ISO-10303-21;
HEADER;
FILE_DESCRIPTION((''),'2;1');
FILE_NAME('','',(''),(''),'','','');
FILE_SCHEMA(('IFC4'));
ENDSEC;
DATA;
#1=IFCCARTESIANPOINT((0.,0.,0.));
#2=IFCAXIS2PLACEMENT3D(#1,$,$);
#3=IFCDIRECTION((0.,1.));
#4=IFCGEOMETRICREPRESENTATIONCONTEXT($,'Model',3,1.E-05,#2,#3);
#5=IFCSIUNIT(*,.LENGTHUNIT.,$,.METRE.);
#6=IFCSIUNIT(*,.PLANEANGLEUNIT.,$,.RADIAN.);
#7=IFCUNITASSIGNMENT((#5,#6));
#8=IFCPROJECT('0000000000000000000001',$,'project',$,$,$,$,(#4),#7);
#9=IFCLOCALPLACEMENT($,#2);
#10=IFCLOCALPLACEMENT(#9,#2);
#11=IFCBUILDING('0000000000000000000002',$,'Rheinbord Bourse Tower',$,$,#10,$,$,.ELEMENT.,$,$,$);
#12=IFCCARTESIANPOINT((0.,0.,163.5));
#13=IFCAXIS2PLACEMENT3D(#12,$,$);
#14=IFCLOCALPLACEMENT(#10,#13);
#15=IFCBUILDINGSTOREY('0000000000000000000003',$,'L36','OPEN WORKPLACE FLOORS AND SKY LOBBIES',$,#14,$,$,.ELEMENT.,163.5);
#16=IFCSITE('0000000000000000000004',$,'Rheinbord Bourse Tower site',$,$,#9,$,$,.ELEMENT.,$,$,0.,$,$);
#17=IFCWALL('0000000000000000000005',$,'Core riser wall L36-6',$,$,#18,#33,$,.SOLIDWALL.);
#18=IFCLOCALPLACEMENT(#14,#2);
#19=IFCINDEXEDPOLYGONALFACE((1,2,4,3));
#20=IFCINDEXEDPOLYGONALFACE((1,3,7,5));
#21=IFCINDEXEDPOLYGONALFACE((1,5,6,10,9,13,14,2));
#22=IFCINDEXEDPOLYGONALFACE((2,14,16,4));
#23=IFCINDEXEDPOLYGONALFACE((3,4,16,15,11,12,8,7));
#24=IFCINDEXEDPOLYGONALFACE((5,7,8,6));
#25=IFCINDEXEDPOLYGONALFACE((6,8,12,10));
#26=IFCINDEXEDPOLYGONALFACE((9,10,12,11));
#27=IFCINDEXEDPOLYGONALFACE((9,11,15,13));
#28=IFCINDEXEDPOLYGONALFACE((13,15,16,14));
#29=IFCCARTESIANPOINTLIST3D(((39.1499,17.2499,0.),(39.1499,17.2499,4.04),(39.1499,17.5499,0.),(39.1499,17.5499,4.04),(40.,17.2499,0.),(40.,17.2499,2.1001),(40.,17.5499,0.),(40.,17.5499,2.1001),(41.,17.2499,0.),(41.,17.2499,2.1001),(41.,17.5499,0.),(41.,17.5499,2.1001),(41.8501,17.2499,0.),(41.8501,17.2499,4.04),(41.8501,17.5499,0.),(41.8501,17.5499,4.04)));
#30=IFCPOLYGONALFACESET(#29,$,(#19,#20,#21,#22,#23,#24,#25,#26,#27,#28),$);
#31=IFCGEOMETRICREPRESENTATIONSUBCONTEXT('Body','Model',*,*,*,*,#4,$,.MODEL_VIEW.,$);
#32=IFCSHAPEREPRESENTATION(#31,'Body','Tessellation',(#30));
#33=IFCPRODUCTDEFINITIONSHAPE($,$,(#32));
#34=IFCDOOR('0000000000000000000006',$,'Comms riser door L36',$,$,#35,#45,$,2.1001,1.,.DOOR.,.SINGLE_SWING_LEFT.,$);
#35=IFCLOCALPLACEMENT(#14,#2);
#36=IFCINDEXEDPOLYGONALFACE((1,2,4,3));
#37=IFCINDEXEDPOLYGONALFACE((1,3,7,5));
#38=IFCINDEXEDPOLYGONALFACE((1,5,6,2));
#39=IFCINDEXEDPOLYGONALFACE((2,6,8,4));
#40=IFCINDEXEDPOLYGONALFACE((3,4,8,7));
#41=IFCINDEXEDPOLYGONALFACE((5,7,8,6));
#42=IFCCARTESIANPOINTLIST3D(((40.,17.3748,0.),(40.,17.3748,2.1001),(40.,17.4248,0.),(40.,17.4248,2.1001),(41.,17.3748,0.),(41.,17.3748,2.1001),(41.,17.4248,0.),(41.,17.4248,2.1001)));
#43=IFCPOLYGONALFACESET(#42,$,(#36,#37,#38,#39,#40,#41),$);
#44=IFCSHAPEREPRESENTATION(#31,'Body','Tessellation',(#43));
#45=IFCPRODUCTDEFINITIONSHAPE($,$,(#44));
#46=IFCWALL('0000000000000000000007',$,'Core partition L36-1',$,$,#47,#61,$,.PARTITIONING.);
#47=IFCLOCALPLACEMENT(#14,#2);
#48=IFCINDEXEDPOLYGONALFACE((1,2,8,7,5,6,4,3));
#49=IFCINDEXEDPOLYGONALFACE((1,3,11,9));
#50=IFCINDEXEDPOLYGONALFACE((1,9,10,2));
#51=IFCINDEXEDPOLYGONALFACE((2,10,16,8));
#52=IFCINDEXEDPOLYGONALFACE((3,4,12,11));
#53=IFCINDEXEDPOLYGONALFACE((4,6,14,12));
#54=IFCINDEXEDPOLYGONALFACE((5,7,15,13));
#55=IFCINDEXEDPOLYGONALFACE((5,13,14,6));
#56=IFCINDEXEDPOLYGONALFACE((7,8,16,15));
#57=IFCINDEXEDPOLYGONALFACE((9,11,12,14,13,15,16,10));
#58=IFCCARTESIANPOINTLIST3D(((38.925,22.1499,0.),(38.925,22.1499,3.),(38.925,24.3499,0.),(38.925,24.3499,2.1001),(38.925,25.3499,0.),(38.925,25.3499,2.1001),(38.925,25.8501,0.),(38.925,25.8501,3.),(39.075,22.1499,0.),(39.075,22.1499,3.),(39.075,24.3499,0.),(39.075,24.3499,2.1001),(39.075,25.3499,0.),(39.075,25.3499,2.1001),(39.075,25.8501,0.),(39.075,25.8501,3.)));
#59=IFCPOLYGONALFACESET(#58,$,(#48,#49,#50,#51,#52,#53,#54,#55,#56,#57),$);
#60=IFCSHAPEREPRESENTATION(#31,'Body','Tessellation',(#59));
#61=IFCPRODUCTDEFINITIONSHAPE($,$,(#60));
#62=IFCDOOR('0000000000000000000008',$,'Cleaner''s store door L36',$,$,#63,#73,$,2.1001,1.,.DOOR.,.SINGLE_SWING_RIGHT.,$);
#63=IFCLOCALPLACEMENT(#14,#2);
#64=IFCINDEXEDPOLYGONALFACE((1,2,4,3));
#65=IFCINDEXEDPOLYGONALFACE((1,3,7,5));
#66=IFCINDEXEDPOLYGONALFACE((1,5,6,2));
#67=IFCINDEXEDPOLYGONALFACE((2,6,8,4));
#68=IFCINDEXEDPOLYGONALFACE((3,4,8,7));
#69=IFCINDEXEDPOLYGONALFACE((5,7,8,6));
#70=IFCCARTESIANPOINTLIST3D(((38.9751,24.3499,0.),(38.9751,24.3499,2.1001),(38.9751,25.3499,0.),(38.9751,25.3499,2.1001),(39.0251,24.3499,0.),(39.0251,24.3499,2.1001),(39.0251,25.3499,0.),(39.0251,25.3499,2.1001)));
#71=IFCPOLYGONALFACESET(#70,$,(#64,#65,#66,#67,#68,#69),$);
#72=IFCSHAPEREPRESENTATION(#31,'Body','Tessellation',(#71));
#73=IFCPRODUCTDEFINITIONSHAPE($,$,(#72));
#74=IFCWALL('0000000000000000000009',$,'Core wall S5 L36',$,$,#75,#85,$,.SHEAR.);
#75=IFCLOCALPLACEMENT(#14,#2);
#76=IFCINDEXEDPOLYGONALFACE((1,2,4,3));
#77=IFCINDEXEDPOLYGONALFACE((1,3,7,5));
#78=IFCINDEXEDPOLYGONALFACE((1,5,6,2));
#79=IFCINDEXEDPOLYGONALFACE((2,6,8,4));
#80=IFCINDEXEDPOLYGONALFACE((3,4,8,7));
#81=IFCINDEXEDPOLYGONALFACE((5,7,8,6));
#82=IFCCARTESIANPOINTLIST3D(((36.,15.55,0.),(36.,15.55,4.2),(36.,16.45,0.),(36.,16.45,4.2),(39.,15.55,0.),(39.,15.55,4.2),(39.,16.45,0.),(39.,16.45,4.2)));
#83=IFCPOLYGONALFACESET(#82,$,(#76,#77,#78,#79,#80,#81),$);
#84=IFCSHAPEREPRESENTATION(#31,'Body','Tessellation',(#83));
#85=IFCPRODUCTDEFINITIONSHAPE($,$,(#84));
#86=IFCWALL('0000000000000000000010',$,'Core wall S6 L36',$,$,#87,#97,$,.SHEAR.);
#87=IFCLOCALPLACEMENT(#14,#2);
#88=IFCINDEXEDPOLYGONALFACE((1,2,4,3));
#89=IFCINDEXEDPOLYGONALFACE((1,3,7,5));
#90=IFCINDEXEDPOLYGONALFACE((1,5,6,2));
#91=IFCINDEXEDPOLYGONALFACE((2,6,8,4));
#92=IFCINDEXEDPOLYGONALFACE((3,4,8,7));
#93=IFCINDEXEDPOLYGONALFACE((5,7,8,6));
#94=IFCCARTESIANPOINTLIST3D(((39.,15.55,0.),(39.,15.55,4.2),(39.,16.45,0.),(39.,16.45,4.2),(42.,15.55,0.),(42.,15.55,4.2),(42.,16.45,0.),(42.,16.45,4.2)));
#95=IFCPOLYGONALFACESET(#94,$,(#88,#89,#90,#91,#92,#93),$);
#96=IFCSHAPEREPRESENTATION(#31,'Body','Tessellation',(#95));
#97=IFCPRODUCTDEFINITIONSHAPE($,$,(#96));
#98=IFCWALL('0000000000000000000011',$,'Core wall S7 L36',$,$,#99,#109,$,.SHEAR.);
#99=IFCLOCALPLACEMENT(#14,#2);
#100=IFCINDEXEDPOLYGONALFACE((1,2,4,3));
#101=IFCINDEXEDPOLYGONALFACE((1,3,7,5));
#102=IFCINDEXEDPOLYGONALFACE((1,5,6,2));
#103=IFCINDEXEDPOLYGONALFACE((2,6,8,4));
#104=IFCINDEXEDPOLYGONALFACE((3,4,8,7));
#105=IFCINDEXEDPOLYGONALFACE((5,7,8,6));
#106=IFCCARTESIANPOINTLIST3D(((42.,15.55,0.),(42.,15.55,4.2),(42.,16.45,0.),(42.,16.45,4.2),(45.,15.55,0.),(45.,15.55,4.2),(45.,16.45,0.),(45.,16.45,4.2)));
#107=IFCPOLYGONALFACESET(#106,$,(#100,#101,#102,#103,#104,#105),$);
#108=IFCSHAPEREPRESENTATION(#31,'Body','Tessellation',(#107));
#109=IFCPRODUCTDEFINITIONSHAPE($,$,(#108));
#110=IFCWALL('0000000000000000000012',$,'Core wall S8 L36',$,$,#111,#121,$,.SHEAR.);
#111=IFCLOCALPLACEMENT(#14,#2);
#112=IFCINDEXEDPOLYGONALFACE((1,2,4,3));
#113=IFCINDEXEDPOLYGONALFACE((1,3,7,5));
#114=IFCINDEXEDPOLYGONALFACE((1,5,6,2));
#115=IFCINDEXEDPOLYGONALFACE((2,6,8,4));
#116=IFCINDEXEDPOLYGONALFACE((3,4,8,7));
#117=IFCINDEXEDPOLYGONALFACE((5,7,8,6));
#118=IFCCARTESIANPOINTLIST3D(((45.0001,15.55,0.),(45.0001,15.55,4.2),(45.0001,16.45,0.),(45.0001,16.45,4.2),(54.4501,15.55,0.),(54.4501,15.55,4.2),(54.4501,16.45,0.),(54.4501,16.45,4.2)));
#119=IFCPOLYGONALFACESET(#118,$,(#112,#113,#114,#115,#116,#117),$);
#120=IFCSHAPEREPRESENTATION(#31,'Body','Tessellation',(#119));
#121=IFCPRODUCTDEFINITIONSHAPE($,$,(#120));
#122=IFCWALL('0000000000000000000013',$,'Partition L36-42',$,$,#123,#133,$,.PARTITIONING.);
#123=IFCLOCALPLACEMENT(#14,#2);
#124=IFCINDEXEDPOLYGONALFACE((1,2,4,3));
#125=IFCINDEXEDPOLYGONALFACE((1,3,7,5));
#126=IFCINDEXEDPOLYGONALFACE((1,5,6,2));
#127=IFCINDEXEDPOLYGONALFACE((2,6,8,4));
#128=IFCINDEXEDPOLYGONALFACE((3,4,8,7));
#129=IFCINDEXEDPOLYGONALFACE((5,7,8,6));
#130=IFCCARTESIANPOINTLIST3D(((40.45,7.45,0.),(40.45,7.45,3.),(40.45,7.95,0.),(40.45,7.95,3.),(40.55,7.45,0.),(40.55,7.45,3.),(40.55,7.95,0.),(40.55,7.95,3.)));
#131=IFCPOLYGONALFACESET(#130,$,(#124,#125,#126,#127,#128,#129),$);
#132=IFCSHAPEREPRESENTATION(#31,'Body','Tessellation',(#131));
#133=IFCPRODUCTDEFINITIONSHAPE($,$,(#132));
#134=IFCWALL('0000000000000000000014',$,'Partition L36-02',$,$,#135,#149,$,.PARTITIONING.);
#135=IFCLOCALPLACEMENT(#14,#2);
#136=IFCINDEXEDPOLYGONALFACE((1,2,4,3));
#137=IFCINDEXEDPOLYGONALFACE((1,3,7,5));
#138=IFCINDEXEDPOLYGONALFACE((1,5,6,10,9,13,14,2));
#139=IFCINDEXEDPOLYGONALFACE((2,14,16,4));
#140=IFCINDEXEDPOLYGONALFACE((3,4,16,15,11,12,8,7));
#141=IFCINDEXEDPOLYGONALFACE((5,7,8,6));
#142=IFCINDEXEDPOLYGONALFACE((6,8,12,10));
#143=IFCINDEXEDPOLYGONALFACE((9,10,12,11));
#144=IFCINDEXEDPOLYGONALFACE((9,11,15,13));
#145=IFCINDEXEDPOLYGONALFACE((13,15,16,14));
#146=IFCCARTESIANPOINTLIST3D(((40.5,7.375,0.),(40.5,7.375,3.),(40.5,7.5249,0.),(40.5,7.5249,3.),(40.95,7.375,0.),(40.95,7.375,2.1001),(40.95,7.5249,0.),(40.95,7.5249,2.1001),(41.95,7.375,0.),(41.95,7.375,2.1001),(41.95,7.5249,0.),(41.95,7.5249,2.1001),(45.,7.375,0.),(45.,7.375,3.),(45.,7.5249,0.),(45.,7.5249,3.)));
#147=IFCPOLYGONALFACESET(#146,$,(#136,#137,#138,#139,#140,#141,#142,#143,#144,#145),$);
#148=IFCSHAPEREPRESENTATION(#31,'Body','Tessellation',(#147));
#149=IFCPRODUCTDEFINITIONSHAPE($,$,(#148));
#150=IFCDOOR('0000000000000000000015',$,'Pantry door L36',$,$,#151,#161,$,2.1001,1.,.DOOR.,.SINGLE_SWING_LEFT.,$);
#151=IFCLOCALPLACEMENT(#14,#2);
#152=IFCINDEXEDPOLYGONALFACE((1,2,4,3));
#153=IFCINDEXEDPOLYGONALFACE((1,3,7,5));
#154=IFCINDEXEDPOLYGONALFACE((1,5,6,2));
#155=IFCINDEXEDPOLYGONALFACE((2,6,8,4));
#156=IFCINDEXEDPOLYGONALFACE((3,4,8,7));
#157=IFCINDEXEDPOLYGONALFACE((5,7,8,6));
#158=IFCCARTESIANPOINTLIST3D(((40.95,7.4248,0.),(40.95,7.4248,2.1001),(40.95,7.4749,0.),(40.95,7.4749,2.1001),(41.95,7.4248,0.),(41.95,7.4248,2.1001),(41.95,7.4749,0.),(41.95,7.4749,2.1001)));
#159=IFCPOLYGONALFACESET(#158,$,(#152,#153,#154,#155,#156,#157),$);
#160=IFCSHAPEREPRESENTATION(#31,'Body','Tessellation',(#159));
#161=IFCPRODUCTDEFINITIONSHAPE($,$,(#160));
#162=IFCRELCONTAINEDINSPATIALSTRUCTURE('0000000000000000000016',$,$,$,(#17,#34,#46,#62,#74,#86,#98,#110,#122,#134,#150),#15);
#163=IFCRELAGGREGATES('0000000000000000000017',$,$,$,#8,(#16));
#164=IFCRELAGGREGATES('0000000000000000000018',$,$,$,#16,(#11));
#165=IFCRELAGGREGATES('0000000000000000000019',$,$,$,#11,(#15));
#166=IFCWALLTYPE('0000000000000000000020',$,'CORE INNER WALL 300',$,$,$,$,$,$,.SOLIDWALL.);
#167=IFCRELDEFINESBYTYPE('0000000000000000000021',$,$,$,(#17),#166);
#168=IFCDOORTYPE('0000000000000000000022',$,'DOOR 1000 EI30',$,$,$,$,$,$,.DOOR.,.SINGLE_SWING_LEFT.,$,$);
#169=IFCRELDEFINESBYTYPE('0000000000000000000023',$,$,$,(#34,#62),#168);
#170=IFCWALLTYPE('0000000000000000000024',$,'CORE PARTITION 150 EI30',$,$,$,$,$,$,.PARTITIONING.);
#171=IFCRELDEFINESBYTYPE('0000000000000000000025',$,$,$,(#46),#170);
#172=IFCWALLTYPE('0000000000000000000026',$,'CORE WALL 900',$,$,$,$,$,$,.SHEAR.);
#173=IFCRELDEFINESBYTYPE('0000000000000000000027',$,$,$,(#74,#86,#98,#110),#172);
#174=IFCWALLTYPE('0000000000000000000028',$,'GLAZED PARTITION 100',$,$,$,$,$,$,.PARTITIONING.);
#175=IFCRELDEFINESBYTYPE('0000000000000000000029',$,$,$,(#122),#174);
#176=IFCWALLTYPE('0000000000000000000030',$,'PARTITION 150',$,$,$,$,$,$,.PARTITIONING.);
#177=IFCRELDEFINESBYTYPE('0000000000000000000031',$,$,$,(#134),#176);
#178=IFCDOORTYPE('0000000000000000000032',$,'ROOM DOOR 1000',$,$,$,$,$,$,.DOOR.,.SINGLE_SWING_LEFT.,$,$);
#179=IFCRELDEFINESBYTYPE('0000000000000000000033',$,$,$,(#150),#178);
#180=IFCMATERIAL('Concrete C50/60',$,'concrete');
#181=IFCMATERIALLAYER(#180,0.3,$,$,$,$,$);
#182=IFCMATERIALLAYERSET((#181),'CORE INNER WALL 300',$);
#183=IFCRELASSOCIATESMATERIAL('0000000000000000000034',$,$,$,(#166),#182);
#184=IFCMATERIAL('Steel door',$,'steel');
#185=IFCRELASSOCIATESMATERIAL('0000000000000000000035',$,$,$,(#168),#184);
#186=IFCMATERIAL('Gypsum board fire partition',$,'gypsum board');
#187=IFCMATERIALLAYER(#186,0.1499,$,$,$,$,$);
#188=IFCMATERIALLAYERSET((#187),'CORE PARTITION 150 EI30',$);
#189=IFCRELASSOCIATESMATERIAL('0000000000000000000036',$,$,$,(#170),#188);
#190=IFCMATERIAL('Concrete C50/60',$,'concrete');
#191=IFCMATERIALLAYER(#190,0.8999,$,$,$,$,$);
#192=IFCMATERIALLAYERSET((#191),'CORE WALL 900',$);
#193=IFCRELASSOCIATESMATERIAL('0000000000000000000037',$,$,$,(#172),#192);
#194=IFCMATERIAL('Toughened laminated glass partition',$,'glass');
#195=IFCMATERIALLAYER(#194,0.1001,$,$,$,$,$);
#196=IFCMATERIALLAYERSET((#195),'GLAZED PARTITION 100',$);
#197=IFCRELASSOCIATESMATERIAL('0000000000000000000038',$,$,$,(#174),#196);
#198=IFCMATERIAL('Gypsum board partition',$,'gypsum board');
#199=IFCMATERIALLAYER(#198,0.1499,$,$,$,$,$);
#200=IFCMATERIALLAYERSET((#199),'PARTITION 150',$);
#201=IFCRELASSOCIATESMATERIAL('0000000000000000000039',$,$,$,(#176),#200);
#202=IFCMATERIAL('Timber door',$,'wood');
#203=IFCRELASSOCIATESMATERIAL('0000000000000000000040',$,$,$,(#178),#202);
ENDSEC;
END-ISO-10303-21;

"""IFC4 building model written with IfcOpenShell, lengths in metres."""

from ifc_helpers import new_model, si_unit, direction, frame, frame_2d, origin, place, context, subcontext, project, spatial, rectangle, extrude, material, layer, layer_set, type_object, element, fill, save


model = new_model("IFC4")

# Units and contexts
model_context = context("Model", 3, precision=1e-05, world=origin(), true_north=direction((0.0, 1.0)))
body_context = subcontext(model_context, "Body", "Model", "MODEL_VIEW")
ifc_project = project(units=[si_unit("LENGTHUNIT", "METRE"), si_unit("PLANEANGLEUNIT", "RADIAN")], contexts=[model_context])

# Site, building, storey
site_placement = place(None, origin())
site = spatial("IfcSite", under=ifc_project, at=site_placement, Name="Rheinbord Bourse Tower site", CompositionType="ELEMENT", RefElevation=0.0)
building_placement = place(site_placement, origin())
building = spatial("IfcBuilding", under=site, at=building_placement, Name="Rheinbord Bourse Tower", CompositionType="ELEMENT")
storey_placement = place(building_placement, frame((0.0, 0.0, 163.5)))
storey = spatial("IfcBuildingStorey", under=building, at=storey_placement, Name="L36", Description="OPEN WORKPLACE FLOORS AND SKY LOBBIES", CompositionType="ELEMENT", Elevation=163.5)

# Shared definitions
ifc_material_1 = material(Name="Concrete C50/60", Category="concrete")
ifc_layer_1 = layer(ifc_material_1, 0.3)
ifc_layer_set_1 = layer_set([ifc_layer_1], Name="CORE INNER WALL 300")
wall_type_1 = type_object("IfcWallType", Name="CORE INNER WALL 300", PredefinedType="SOLIDWALL", material=ifc_layer_set_1)
ifc_material_2 = material(Name="Steel door", Category="steel")
door_type_1 = type_object("IfcDoorType", Name="DOOR 1000 EI30", OperationType="SINGLE_SWING_LEFT", PredefinedType="DOOR", material=ifc_material_2)

# Walls, openings, doors
wall_1_placement = place(storey_placement, frame((39.1499, 17.3999, 0.0), z_axis=(0.0, 0.0, 1.0), x_axis=(1.0, 0.0, 0.0)))
wall_1 = element("IfcWall", 1, at=wall_1_placement, inside=storey, type_object=wall_type_1, Name="Core riser wall L36-6", PredefinedType="SOLIDWALL", context=body_context, shape_type="SweptSolid", body=[
    extrude(rectangle(XDim=2.7002, YDim=0.3, at=frame_2d((1.3501, 0.0))), origin(), (0.0, 0.0, 1.0), 4.04),
])
opening_1_placement = place(wall_1_placement, frame((0.8501, 0.0, 0.0)))
opening_1 = element("IfcOpeningElement", 2, at=opening_1_placement, cuts=wall_1, PredefinedType="OPENING", context=body_context, shape_type="SweptSolid", body=[
    extrude(rectangle(XDim=1.0, YDim=2.1001, at=frame_2d((0.5, 1.05))), frame((0.0, 0.1599, 0.0), z_axis=(0.0, -1.0, 0.0), x_axis=(1.0, 0.0, 0.0)), (0.0, 0.0, 1.0), 0.3201),
])
door_1_placement = place(opening_1_placement, origin())
door_1 = element("IfcDoor", 3, at=door_1_placement, inside=storey, type_object=door_type_1, Name="Comms riser door L36", OperationType="SINGLE_SWING_LEFT", OverallHeight=2.1001, OverallWidth=1.0, PredefinedType="DOOR", context=body_context, shape_type="SweptSolid", body=[
    extrude(rectangle(XDim=1.0, YDim=2.1001, at=frame_2d((0.5, 1.05))), frame((0.0, 0.0249, 0.0), z_axis=(0.0, -1.0, 0.0), x_axis=(1.0, 0.0, 0.0)), (0.0, 0.0, 1.0), 0.05),
])
fill(opening_1, door_1)
ifc_material_3 = material(Name="Gypsum board fire partition", Category="gypsum board")
ifc_layer_2 = layer(ifc_material_3, 0.1499)
ifc_layer_set_2 = layer_set([ifc_layer_2], Name="CORE PARTITION 150 EI30")
wall_type_2 = type_object("IfcWallType", Name="CORE PARTITION 150 EI30", PredefinedType="PARTITIONING", material=ifc_layer_set_2)
wall_2_placement = place(storey_placement, frame((39.0, 22.1499, 0.0), z_axis=(0.0, 0.0, 1.0), x_axis=(0.0, 1.0, 0.0)))
wall_2 = element("IfcWall", 4, at=wall_2_placement, inside=storey, type_object=wall_type_2, Name="Core partition L36-1", PredefinedType="PARTITIONING", context=body_context, shape_type="SweptSolid", body=[
    extrude(rectangle(XDim=3.7002, YDim=0.1499, at=frame_2d((1.8501, 0.0))), origin(), (0.0, 0.0, 1.0), 3.0),
])
opening_2_placement = place(wall_2_placement, frame((2.2, 0.0, 0.0)))
opening_2 = element("IfcOpeningElement", 5, at=opening_2_placement, cuts=wall_2, PredefinedType="OPENING", context=body_context, shape_type="SweptSolid", body=[
    extrude(rectangle(XDim=1.0, YDim=2.1001, at=frame_2d((0.5, 1.05))), frame((0.0, 0.085, 0.0), z_axis=(0.0, -1.0, 0.0), x_axis=(1.0, 0.0, 0.0)), (0.0, 0.0, 1.0), 0.1699),
])
door_2_placement = place(opening_2_placement, origin())
door_2 = element("IfcDoor", 6, at=door_2_placement, inside=storey, type_object=door_type_1, Name="Cleaner's store door L36", OperationType="SINGLE_SWING_RIGHT", OverallHeight=2.1001, OverallWidth=1.0, PredefinedType="DOOR", context=body_context, shape_type="SweptSolid", body=[
    extrude(rectangle(XDim=1.0, YDim=2.1001, at=frame_2d((0.5, 1.05))), frame((0.0, 0.0249, 0.0), z_axis=(0.0, -1.0, 0.0), x_axis=(1.0, 0.0, 0.0)), (0.0, 0.0, 1.0), 0.05),
])
fill(opening_2, door_2)

# Walls
ifc_material_4 = material(Name="Concrete C50/60", Category="concrete")
ifc_layer_3 = layer(ifc_material_4, 0.8999)
ifc_layer_set_3 = layer_set([ifc_layer_3], Name="CORE WALL 900")
wall_type_3 = type_object("IfcWallType", Name="CORE WALL 900", PredefinedType="SHEAR", material=ifc_layer_set_3)
for number, where, z_axis, x_axis, name in (
    (7, (36.0, 16.0, 0.0), (0.0, 0.0, 1.0), (1.0, 0.0, 0.0), "Core wall S5 L36"),
    (8, (39.0, 16.0, 0.0), (0.0, 0.0, 1.0), (1.0, 0.0, 0.0), "Core wall S6 L36"),
    (9, (42.0, 16.0, 0.0), (0.0, 0.0, 1.0), (1.0, 0.0, 0.0), "Core wall S7 L36"),
):
    element("IfcWall", number, at=place(storey_placement, frame(where, z_axis=z_axis, x_axis=x_axis)), inside=storey, type_object=wall_type_3, Name=name, PredefinedType="SHEAR", context=body_context, shape_type="SweptSolid", body=[
        extrude(rectangle(XDim=3.0, YDim=0.8999, at=frame_2d((1.5, 0.0))), origin(), (0.0, 0.0, 1.0), 4.2),
    ])
wall_3_placement = place(storey_placement, frame((45.0, 16.0, 0.0), z_axis=(0.0, 0.0, 1.0), x_axis=(1.0, 0.0, 0.0)))
element("IfcWall", 10, at=wall_3_placement, inside=storey, type_object=wall_type_3, Name="Core wall S8 L36", PredefinedType="SHEAR", context=body_context, shape_type="SweptSolid", body=[
    extrude(rectangle(XDim=9.45, YDim=0.8999, at=frame_2d((4.7251, 0.0))), origin(), (0.0, 0.0, 1.0), 4.2),
])
ifc_material_5 = material(Name="Toughened laminated glass partition", Category="glass")
ifc_layer_4 = layer(ifc_material_5, 0.1001)
ifc_layer_set_4 = layer_set([ifc_layer_4], Name="GLAZED PARTITION 100")
wall_type_4 = type_object("IfcWallType", Name="GLAZED PARTITION 100", PredefinedType="PARTITIONING", material=ifc_layer_set_4)
wall_4_placement = place(storey_placement, frame((40.5, 7.45, 0.0), z_axis=(0.0, 0.0, 1.0), x_axis=(0.0, 1.0, 0.0)))
element("IfcWall", 11, at=wall_4_placement, inside=storey, type_object=wall_type_4, Name="Partition L36-42", PredefinedType="PARTITIONING", context=body_context, shape_type="SweptSolid", body=[
    extrude(rectangle(XDim=0.5, YDim=0.1001, at=frame_2d((0.25, 0.0))), origin(), (0.0, 0.0, 1.0), 3.0),
])

# Wall, opening, door
ifc_material_6 = material(Name="Gypsum board partition", Category="gypsum board")
ifc_layer_5 = layer(ifc_material_6, 0.1499)
ifc_layer_set_5 = layer_set([ifc_layer_5], Name="PARTITION 150")
wall_type_5 = type_object("IfcWallType", Name="PARTITION 150", PredefinedType="PARTITIONING", material=ifc_layer_set_5)
wall_5_placement = place(storey_placement, frame((40.5, 7.45, 0.0), z_axis=(0.0, 0.0, 1.0), x_axis=(1.0, 0.0, 0.0)))
wall_5 = element("IfcWall", 12, at=wall_5_placement, inside=storey, type_object=wall_type_5, Name="Partition L36-02", PredefinedType="PARTITIONING", context=body_context, shape_type="SweptSolid", body=[
    extrude(rectangle(XDim=4.5, YDim=0.1499, at=frame_2d((2.25, 0.0))), origin(), (0.0, 0.0, 1.0), 3.0),
])
opening_3_placement = place(wall_5_placement, frame((0.45, 0.0, 0.0)))
opening_3 = element("IfcOpeningElement", 13, at=opening_3_placement, cuts=wall_5, PredefinedType="OPENING", context=body_context, shape_type="SweptSolid", body=[
    extrude(rectangle(XDim=1.0, YDim=2.1001, at=frame_2d((0.5, 1.05))), frame((0.0, 0.085, 0.0), z_axis=(0.0, -1.0, 0.0), x_axis=(1.0, 0.0, 0.0)), (0.0, 0.0, 1.0), 0.1699),
])
ifc_material_7 = material(Name="Timber door", Category="wood")
door_type_2 = type_object("IfcDoorType", Name="ROOM DOOR 1000", OperationType="SINGLE_SWING_LEFT", PredefinedType="DOOR", material=ifc_material_7)
door_3_placement = place(opening_3_placement, origin())
door_3 = element("IfcDoor", 14, at=door_3_placement, inside=storey, type_object=door_type_2, Name="Pantry door L36", OperationType="SINGLE_SWING_LEFT", OverallHeight=2.1001, OverallWidth=1.0, PredefinedType="DOOR", context=body_context, shape_type="SweptSolid", body=[
    extrude(rectangle(XDim=1.0, YDim=2.1001, at=frame_2d((0.5, 1.05))), frame((0.0, 0.0249, 0.0), z_axis=(0.0, -1.0, 0.0), x_axis=(1.0, 0.0, 0.0)), (0.0, 0.0, 1.0), 0.05),
])
fill(opening_3, door_3)

save(model, "model.ifc")
